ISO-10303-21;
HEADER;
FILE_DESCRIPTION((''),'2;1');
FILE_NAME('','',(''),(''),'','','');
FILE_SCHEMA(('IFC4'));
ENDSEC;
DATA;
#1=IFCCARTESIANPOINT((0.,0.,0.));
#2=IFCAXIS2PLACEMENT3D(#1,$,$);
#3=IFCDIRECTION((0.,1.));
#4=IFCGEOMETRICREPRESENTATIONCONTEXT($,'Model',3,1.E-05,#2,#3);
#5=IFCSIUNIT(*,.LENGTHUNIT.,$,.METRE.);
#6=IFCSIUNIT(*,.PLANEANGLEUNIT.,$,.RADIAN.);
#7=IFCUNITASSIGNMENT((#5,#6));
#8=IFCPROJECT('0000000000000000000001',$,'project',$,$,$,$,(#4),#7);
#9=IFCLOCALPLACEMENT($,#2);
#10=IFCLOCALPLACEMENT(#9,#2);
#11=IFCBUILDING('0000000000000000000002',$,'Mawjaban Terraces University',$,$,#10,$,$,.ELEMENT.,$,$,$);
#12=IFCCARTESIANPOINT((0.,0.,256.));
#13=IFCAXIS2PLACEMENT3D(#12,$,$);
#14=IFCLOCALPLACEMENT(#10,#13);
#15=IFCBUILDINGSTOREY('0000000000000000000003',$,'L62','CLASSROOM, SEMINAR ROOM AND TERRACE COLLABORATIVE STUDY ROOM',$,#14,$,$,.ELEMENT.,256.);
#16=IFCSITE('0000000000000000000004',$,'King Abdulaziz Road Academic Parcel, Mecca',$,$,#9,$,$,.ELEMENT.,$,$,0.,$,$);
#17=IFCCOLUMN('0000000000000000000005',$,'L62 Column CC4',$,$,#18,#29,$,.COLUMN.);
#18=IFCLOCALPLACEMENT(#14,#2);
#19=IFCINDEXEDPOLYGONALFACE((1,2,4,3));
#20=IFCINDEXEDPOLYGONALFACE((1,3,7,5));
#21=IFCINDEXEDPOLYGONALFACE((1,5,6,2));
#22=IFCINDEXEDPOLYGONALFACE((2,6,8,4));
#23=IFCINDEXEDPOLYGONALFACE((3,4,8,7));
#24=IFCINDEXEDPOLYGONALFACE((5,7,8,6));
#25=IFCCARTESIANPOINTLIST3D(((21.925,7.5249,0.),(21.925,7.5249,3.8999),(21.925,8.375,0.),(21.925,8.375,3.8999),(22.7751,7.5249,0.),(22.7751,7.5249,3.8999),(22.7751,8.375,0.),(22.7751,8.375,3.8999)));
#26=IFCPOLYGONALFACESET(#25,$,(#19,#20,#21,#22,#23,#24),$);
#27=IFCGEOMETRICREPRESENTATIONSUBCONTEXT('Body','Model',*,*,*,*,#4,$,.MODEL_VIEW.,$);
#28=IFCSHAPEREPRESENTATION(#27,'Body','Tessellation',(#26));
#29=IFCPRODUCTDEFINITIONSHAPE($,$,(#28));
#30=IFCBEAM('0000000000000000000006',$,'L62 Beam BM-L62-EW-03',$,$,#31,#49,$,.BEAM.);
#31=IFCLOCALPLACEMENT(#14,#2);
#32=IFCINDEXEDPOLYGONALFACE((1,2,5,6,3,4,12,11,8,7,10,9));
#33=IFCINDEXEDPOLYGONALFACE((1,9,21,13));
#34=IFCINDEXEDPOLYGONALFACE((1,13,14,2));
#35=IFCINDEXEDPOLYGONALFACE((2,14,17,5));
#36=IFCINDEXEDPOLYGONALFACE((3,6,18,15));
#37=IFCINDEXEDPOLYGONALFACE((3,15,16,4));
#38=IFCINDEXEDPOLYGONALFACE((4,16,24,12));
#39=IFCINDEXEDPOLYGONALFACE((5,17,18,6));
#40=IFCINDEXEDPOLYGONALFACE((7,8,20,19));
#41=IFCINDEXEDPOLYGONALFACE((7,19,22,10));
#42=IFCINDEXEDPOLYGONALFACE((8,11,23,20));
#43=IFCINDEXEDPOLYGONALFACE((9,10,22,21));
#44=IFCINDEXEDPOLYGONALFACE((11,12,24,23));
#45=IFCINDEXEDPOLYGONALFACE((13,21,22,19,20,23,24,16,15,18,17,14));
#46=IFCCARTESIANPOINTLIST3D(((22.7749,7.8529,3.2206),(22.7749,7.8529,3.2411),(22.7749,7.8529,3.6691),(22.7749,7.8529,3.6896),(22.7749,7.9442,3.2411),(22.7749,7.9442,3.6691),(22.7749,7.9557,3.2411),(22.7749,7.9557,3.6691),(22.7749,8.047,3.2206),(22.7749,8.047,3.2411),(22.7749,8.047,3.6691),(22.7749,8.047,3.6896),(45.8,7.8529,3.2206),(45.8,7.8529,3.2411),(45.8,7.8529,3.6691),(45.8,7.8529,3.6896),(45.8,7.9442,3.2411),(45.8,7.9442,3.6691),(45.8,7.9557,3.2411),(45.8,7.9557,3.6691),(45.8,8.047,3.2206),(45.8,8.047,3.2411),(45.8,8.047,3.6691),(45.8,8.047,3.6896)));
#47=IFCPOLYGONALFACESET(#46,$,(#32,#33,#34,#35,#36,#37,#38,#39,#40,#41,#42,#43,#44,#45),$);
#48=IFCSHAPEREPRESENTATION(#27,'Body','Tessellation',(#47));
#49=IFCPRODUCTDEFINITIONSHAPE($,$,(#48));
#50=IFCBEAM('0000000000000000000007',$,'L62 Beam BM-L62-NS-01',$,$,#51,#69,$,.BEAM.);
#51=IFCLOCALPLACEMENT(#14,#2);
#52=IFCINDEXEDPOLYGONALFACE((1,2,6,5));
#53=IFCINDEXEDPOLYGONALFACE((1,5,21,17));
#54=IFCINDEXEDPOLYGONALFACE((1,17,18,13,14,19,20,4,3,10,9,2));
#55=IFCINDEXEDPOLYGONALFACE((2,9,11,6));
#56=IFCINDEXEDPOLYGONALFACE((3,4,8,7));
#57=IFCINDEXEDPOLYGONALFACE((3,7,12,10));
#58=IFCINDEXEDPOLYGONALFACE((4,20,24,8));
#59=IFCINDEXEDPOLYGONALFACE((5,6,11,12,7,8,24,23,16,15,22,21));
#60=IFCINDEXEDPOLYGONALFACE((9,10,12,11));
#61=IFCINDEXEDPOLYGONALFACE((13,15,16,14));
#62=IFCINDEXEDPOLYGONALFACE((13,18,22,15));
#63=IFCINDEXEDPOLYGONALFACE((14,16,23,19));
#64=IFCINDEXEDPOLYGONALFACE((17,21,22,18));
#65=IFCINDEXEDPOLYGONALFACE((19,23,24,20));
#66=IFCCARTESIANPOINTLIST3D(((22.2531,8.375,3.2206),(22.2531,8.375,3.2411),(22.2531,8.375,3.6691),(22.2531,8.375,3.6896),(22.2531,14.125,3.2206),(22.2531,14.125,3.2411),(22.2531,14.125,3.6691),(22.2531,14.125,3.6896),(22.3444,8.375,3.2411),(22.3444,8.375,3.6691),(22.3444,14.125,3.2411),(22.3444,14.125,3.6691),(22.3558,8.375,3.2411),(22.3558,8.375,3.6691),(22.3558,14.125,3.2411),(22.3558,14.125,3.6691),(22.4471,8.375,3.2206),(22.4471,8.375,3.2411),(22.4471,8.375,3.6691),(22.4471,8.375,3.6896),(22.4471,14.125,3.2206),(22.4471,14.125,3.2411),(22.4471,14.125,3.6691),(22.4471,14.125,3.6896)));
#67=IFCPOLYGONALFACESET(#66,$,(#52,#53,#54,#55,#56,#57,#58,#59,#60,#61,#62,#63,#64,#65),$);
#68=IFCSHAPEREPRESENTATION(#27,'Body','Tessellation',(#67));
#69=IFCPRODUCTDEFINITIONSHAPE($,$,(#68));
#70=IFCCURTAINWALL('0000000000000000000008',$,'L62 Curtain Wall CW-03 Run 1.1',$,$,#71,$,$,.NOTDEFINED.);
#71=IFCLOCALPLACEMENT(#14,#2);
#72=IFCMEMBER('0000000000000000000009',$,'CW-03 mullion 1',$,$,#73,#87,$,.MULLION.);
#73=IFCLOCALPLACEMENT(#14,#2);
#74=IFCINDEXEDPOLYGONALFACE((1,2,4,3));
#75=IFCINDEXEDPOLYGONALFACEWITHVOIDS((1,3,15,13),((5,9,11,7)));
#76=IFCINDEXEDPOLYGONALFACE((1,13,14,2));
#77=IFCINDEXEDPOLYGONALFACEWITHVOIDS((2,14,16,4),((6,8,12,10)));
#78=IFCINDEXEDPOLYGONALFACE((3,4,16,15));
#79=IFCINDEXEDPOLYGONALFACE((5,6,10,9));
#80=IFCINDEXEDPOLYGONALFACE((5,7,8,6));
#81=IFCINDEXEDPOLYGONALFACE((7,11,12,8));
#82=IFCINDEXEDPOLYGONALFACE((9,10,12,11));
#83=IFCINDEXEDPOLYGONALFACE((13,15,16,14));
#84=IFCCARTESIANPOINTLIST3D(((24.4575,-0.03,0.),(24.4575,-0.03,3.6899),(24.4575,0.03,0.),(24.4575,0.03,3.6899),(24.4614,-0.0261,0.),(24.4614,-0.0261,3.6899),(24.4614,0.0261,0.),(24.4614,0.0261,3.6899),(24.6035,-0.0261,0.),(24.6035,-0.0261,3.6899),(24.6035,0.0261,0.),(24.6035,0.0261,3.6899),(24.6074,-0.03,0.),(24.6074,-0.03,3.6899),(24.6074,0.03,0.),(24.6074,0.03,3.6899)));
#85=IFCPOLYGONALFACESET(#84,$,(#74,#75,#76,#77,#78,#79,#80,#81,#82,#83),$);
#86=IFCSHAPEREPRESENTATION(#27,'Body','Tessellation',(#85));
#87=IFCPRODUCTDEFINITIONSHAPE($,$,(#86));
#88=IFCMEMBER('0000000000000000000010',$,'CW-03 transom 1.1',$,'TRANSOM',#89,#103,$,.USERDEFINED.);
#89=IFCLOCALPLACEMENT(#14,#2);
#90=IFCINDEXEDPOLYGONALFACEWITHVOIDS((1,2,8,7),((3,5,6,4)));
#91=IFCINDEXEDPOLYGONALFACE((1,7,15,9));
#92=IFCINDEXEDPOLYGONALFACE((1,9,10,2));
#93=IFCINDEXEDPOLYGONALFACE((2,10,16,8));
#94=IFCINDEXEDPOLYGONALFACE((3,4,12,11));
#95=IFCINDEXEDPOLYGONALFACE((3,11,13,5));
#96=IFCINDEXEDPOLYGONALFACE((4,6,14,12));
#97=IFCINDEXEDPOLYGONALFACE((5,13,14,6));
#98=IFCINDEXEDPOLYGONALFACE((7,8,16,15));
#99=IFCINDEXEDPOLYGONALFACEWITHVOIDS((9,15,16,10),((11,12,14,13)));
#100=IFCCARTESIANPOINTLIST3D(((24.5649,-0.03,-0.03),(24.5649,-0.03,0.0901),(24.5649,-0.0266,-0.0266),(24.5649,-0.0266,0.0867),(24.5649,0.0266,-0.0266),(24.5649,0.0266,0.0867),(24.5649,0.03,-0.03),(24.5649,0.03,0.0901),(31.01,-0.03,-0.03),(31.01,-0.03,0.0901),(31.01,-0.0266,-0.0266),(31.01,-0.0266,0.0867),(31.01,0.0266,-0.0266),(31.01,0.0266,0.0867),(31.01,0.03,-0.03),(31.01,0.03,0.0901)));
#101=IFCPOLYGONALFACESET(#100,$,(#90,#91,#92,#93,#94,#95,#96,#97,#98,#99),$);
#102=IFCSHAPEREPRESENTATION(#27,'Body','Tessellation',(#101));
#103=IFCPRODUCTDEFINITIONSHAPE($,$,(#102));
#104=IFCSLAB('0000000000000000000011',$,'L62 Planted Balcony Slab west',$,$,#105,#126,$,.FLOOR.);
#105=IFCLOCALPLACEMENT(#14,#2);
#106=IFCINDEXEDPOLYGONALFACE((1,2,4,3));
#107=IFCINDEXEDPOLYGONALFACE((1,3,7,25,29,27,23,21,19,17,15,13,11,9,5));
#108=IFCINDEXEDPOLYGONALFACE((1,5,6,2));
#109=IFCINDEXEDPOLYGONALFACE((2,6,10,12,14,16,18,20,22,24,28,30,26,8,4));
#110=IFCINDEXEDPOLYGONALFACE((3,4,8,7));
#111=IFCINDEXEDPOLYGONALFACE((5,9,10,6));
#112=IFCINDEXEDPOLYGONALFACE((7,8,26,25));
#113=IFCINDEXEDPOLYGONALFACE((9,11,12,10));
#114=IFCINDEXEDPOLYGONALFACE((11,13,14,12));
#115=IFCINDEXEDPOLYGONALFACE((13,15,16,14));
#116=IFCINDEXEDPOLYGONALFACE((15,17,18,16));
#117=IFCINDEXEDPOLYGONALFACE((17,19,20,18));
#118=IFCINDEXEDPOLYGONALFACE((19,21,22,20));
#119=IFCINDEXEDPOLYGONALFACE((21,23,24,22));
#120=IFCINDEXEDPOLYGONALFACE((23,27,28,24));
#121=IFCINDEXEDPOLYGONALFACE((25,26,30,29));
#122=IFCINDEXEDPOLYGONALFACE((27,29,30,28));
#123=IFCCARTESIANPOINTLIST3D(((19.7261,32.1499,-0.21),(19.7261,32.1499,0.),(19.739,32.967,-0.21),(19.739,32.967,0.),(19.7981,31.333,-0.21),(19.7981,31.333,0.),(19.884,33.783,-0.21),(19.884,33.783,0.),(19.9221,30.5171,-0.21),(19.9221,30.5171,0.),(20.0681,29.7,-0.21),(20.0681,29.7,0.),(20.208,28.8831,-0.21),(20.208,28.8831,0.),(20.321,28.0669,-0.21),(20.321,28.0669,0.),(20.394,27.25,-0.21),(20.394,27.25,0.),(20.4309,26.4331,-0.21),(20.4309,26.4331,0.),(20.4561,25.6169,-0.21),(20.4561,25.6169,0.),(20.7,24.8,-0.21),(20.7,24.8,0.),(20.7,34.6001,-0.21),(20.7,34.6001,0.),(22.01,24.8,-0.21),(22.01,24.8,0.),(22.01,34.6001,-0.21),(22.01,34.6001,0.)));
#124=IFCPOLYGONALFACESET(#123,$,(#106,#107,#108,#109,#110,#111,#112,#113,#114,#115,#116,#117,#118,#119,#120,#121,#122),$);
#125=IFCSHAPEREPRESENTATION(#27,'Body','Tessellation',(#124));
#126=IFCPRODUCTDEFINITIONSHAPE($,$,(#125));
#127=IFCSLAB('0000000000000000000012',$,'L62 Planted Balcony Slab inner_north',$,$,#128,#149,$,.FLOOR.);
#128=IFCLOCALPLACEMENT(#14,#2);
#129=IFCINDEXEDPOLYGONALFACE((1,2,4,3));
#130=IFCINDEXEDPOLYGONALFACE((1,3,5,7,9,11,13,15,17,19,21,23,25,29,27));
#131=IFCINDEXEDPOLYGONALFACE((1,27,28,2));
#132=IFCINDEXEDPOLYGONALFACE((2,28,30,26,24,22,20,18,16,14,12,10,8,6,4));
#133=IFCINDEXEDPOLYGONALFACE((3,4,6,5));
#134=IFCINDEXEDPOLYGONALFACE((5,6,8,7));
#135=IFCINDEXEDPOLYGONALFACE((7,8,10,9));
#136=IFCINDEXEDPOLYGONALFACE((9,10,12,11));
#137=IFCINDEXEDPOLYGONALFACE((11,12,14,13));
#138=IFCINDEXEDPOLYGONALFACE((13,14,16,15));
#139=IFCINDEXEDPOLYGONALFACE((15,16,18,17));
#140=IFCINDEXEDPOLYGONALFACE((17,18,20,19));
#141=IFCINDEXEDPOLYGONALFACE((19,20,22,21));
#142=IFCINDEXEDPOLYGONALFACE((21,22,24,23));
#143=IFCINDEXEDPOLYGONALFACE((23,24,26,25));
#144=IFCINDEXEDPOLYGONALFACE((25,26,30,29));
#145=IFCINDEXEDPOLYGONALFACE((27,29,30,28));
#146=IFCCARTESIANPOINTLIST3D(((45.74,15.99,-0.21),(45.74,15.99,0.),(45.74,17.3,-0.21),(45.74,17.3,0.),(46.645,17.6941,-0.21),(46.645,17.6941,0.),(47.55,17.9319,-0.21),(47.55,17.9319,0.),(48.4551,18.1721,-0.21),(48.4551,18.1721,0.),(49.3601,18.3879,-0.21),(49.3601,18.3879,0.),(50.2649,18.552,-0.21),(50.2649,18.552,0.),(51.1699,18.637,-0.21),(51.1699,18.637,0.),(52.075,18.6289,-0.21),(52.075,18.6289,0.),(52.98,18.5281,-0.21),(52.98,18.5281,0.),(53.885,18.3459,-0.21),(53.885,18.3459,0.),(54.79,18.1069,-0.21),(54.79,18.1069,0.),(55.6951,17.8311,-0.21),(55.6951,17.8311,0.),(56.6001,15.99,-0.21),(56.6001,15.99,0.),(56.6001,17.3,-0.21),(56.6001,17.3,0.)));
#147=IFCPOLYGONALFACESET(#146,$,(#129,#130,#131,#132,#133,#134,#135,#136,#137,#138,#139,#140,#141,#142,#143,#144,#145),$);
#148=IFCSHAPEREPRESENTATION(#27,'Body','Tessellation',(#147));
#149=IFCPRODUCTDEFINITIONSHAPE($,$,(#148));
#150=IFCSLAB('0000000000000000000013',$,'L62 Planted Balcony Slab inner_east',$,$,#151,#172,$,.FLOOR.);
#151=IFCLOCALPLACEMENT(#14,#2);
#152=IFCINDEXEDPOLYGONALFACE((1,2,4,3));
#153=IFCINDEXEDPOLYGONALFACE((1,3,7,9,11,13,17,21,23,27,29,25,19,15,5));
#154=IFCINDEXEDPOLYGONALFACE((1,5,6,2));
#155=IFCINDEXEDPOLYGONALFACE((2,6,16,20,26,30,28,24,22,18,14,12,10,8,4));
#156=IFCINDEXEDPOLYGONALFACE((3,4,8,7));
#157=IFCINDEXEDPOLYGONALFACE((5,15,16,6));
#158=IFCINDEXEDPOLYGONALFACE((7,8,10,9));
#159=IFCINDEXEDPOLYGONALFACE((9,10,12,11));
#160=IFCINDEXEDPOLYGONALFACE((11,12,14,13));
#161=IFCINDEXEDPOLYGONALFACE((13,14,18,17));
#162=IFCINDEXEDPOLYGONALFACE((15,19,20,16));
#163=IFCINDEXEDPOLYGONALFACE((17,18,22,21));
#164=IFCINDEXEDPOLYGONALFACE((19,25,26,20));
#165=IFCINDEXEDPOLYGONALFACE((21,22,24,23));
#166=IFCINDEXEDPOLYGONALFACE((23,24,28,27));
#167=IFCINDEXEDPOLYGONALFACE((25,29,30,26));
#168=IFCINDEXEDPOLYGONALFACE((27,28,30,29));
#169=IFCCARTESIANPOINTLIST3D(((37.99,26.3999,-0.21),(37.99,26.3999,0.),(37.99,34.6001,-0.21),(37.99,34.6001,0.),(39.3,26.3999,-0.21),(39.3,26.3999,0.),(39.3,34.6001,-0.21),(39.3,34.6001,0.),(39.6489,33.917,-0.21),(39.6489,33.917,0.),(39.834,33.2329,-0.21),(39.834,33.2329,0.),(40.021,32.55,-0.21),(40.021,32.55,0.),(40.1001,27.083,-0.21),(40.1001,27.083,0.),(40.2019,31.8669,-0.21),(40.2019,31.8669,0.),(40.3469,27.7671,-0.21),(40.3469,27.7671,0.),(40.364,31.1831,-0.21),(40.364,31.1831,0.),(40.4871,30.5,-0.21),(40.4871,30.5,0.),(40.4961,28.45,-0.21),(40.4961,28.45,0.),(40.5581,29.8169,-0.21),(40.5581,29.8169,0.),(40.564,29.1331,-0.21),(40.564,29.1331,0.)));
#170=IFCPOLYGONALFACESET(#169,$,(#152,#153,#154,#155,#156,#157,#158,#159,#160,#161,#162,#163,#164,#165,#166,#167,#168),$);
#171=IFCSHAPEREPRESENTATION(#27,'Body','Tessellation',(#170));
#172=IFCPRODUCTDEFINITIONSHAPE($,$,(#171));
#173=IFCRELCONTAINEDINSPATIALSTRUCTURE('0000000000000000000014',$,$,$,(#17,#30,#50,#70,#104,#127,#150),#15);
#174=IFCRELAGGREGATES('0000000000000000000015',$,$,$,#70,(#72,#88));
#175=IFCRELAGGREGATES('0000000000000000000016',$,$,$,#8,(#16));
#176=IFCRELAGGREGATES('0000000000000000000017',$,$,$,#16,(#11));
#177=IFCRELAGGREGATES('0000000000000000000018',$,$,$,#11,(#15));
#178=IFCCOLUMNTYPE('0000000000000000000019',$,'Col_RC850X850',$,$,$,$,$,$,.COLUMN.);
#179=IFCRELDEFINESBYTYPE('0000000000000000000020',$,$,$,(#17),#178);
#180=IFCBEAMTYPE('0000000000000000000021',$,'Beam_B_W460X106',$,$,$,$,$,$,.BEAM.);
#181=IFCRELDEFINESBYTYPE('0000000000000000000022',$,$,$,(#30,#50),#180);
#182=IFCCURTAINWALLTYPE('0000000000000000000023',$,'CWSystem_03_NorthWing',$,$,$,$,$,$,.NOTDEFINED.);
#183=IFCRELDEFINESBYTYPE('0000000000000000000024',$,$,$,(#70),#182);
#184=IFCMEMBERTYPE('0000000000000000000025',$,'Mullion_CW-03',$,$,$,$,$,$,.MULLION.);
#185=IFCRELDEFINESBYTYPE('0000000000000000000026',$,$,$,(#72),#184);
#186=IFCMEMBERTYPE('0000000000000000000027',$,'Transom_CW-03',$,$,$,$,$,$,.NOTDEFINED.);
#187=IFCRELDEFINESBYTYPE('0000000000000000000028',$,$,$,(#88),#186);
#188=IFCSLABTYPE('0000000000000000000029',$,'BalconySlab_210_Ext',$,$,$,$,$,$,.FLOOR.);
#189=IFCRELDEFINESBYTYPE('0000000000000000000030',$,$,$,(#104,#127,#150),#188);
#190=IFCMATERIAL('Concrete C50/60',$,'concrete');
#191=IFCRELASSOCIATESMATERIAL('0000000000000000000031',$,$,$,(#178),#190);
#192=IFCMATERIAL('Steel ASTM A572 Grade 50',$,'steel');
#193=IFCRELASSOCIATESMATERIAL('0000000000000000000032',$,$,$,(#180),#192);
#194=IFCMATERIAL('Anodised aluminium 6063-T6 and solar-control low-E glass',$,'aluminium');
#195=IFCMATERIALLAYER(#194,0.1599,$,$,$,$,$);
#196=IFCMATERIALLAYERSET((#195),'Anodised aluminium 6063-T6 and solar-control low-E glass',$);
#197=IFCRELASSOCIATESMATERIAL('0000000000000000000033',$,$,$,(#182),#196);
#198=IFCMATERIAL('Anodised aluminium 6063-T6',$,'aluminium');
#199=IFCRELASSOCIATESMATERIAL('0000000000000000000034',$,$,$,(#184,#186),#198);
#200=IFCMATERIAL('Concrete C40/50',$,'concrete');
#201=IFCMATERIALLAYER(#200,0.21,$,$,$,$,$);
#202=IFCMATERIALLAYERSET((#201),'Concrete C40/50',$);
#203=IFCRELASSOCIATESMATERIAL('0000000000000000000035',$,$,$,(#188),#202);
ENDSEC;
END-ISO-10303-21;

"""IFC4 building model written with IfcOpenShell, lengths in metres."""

from ifc_helpers import new_model, si_unit, direction, frame, origin, origin_2d, place, context, subcontext, project, spatial, polyline, rectangle, hollow_rectangle, i_section, outline, extrude, material, layer, layer_set, material_profile, profile_set, type_object, element, aggregate, save


model = new_model("IFC4")

# Units and contexts
model_context = context("Model", 3, precision=1e-05, world=origin(), true_north=direction((0.0, 1.0)))
body_context = subcontext(model_context, "Body", "Model", "MODEL_VIEW")
ifc_project = project(units=[si_unit("LENGTHUNIT", "METRE"), si_unit("PLANEANGLEUNIT", "RADIAN")], contexts=[model_context])

# Site, building, storey
site_placement = place(None, origin())
site = spatial("IfcSite", under=ifc_project, at=site_placement, Name="King Abdulaziz Road Academic Parcel, Mecca", CompositionType="ELEMENT", RefElevation=0.0)
building_placement = place(site_placement, origin())
building = spatial("IfcBuilding", under=site, at=building_placement, Name="Mawjaban Terraces University", CompositionType="ELEMENT")
storey_placement = place(building_placement, frame((0.0, 0.0, 256.0)))
storey = spatial("IfcBuildingStorey", under=building, at=storey_placement, Name="L62", Description="CLASSROOM, SEMINAR ROOM AND TERRACE COLLABORATIVE STUDY ROOM", CompositionType="ELEMENT", Elevation=256.0)

# Column
ifc_material_1 = material(Name="Concrete C50/60", Category="concrete")
ifc_material_profile_1 = material_profile(ifc_material_1, rectangle(XDim=0.8501, YDim=0.8501, at=origin_2d()), Name="RC850X850")
ifc_profile_set_1 = profile_set([ifc_material_profile_1], Name="Concrete C50/60")
column_type = type_object("IfcColumnType", Name="Col_RC850X850", PredefinedType="COLUMN", material=ifc_profile_set_1)
column_placement = place(storey_placement, frame((22.3501, 7.95, 0.0), z_axis=(0.0, 0.0, 1.0), x_axis=(1.0, 0.0, 0.0)))
element("IfcColumn", 1, at=column_placement, inside=storey, type_object=column_type, Name="L62 Column CC4", PredefinedType="COLUMN", context=body_context, shape_type="SweptSolid", body=[
    extrude(rectangle(XDim=0.8501, YDim=0.8501, at=origin_2d()), origin(), (0.0, 0.0, 1.0), 3.8999),
])

# Beams
ifc_material_2 = material(Name="Steel ASTM A572 Grade 50", Category="steel")
ifc_material_profile_2 = material_profile(ifc_material_2, i_section(OverallWidth=0.1941, OverallDepth=0.469, WebThickness=0.0115, FlangeThickness=0.0205, at=origin_2d()), Name="W460X106")
ifc_profile_set_2 = profile_set([ifc_material_profile_2], Name="Steel ASTM A572 Grade 50")
beam_type = type_object("IfcBeamType", Name="Beam_B_W460X106", PredefinedType="BEAM", material=ifc_profile_set_2)
beam_1_placement = place(storey_placement, frame((22.7749, 7.95, 3.4551), z_axis=(1.0, 0.0, 0.0), x_axis=(0.0, 1.0, 0.0)))
element("IfcBeam", 2, at=beam_1_placement, inside=storey, type_object=beam_type, Name="L62 Beam BM-L62-EW-03", PredefinedType="BEAM", context=body_context, shape_type="SweptSolid", body=[
    extrude(i_section(OverallWidth=0.1941, OverallDepth=0.469, WebThickness=0.0115, FlangeThickness=0.0205, at=origin_2d()), origin(), (0.0, 0.0, 1.0), 23.0251),
])
beam_2_placement = place(storey_placement, frame((22.3501, 8.375, 3.4551), z_axis=(0.0, 1.0, 0.0), x_axis=(-1.0, 0.0, 0.0)))
element("IfcBeam", 3, at=beam_2_placement, inside=storey, type_object=beam_type, Name="L62 Beam BM-L62-NS-01", PredefinedType="BEAM", context=body_context, shape_type="SweptSolid", body=[
    extrude(i_section(OverallWidth=0.1941, OverallDepth=0.469, WebThickness=0.0115, FlangeThickness=0.0205, at=origin_2d()), origin(), (0.0, 0.0, 1.0), 5.75),
])

# Curtain wall, members
ifc_material_3 = material(Name="Anodised aluminium 6063-T6 and solar-control low-E glass", Category="aluminium")
ifc_layer_1 = layer(ifc_material_3, 0.1599)
ifc_layer_set_1 = layer_set([ifc_layer_1], Name="Anodised aluminium 6063-T6 and solar-control low-E glass")
curtain_wall_type = type_object("IfcCurtainWallType", Name="CWSystem_03_NorthWing", PredefinedType="NOTDEFINED", material=ifc_layer_set_1)
curtain_wall_placement = place(storey_placement, origin())
curtain_wall = element("IfcCurtainWall", 4, at=curtain_wall_placement, inside=storey, type_object=curtain_wall_type, Name="L62 Curtain Wall CW-03 Run 1.1", PredefinedType="NOTDEFINED")
ifc_material_4 = material(Name="Anodised aluminium 6063-T6", Category="aluminium")
ifc_material_profile_3 = material_profile(ifc_material_4, hollow_rectangle(XDim=0.0601, YDim=0.1499, WallThickness=0.0039, at=origin_2d()), Name="ALU150X60X4")
ifc_profile_set_3 = profile_set([ifc_material_profile_3], Name="Anodised aluminium 6063-T6")
member_type_1 = type_object("IfcMemberType", Name="Mullion_CW-03", PredefinedType="MULLION", material=ifc_profile_set_3)
member_1_placement = place(storey_placement, frame((24.5325, 0.0, 0.0), z_axis=(0.0, 0.0, 1.0), x_axis=(0.0, 1.0, 0.0)))
member_1 = element("IfcMember", 5, at=member_1_placement, type_object=member_type_1, Name="CW-03 mullion 1", PredefinedType="MULLION", context=body_context, shape_type="SweptSolid", body=[
    extrude(hollow_rectangle(XDim=0.0601, YDim=0.1499, WallThickness=0.0039, at=origin_2d()), origin(), (0.0, 0.0, 1.0), 3.6899),
])
ifc_material_profile_4 = material_profile(ifc_material_4, hollow_rectangle(XDim=0.0601, YDim=0.1201, WallThickness=0.0034, at=origin_2d()), Name="ALU120X60X3.5")
ifc_profile_set_4 = profile_set([ifc_material_profile_4], Name="Anodised aluminium 6063-T6")
member_type_2 = type_object("IfcMemberType", Name="Transom_CW-03", PredefinedType="NOTDEFINED", material=ifc_profile_set_4)
member_2_placement = place(storey_placement, frame((24.5649, 0.0, 0.03), z_axis=(1.0, 0.0, 0.0), x_axis=(0.0, 1.0, 0.0)))
member_2 = element("IfcMember", 6, at=member_2_placement, type_object=member_type_2, Name="CW-03 transom 1.1", ObjectType="TRANSOM", PredefinedType="USERDEFINED", context=body_context, shape_type="SweptSolid", body=[
    extrude(hollow_rectangle(XDim=0.0601, YDim=0.1201, WallThickness=0.0034, at=origin_2d()), origin(), (0.0, 0.0, 1.0), 6.4451),
])
aggregate(curtain_wall, [member_1, member_2])

# Slabs
ifc_material_5 = material(Name="Concrete C40/50", Category="concrete")
ifc_layer_2 = layer(ifc_material_5, 0.21)
ifc_layer_set_2 = layer_set([ifc_layer_2], Name="Concrete C40/50")
slab_type_1 = type_object("IfcSlabType", Name="BalconySlab_210_Ext", PredefinedType="FLOOR", material=ifc_layer_set_2)
slab_1_placement = place(storey_placement, frame((0.0, 0.0, -0.21)))
element("IfcSlab", 7, at=slab_1_placement, inside=storey, type_object=slab_type_1, Name="L62 Planted Balcony Slab west", PredefinedType="FLOOR", context=body_context, shape_type="SweptSolid", body=[
    extrude(outline(polyline([(22.01, 24.8), (22.01, 34.6001), (20.7, 34.6001), (19.884, 33.783), (19.739, 32.967), (19.7261, 32.1499), (19.7981, 31.333), (19.9221, 30.5171), (20.0681, 29.7), (20.208, 28.8831), (20.321, 28.0669), (20.394, 27.25), (20.4309, 26.4331), (20.4561, 25.6169), (20.7, 24.8), (22.01, 24.8)])), origin(), (0.0, 0.0, 1.0), 0.21),
])
slab_2_placement = place(storey_placement, frame((0.0, 0.0, -0.21)))
element("IfcSlab", 8, at=slab_2_placement, inside=storey, type_object=slab_type_1, Name="L62 Planted Balcony Slab inner_north", PredefinedType="FLOOR", context=body_context, shape_type="SweptSolid", body=[
    extrude(outline(polyline([(45.74, 15.99), (56.6001, 15.99), (56.6001, 17.3), (55.6951, 17.8311), (54.79, 18.1069), (53.885, 18.3459), (52.98, 18.5281), (52.075, 18.6289), (51.1699, 18.637), (50.2649, 18.552), (49.3601, 18.3879), (48.4551, 18.1721), (47.55, 17.9319), (46.645, 17.6941), (45.74, 17.3), (45.74, 15.99)])), origin(), (0.0, 0.0, 1.0), 0.21),
])
slab_3_placement = place(storey_placement, frame((0.0, 0.0, -0.21)))
element("IfcSlab", 9, at=slab_3_placement, inside=storey, type_object=slab_type_1, Name="L62 Planted Balcony Slab inner_east", PredefinedType="FLOOR", context=body_context, shape_type="SweptSolid", body=[
    extrude(outline(polyline([(39.3, 26.3999), (40.1001, 27.083), (40.3469, 27.7671), (40.4961, 28.45), (40.564, 29.1331), (40.5581, 29.8169), (40.4871, 30.5), (40.364, 31.1831), (40.2019, 31.8669), (40.021, 32.55), (39.834, 33.2329), (39.6489, 33.917), (39.3, 34.6001), (37.99, 34.6001), (37.99, 26.3999), (39.3, 26.3999)])), origin(), (0.0, 0.0, 1.0), 0.21),
])

save(model, "model.ifc")
